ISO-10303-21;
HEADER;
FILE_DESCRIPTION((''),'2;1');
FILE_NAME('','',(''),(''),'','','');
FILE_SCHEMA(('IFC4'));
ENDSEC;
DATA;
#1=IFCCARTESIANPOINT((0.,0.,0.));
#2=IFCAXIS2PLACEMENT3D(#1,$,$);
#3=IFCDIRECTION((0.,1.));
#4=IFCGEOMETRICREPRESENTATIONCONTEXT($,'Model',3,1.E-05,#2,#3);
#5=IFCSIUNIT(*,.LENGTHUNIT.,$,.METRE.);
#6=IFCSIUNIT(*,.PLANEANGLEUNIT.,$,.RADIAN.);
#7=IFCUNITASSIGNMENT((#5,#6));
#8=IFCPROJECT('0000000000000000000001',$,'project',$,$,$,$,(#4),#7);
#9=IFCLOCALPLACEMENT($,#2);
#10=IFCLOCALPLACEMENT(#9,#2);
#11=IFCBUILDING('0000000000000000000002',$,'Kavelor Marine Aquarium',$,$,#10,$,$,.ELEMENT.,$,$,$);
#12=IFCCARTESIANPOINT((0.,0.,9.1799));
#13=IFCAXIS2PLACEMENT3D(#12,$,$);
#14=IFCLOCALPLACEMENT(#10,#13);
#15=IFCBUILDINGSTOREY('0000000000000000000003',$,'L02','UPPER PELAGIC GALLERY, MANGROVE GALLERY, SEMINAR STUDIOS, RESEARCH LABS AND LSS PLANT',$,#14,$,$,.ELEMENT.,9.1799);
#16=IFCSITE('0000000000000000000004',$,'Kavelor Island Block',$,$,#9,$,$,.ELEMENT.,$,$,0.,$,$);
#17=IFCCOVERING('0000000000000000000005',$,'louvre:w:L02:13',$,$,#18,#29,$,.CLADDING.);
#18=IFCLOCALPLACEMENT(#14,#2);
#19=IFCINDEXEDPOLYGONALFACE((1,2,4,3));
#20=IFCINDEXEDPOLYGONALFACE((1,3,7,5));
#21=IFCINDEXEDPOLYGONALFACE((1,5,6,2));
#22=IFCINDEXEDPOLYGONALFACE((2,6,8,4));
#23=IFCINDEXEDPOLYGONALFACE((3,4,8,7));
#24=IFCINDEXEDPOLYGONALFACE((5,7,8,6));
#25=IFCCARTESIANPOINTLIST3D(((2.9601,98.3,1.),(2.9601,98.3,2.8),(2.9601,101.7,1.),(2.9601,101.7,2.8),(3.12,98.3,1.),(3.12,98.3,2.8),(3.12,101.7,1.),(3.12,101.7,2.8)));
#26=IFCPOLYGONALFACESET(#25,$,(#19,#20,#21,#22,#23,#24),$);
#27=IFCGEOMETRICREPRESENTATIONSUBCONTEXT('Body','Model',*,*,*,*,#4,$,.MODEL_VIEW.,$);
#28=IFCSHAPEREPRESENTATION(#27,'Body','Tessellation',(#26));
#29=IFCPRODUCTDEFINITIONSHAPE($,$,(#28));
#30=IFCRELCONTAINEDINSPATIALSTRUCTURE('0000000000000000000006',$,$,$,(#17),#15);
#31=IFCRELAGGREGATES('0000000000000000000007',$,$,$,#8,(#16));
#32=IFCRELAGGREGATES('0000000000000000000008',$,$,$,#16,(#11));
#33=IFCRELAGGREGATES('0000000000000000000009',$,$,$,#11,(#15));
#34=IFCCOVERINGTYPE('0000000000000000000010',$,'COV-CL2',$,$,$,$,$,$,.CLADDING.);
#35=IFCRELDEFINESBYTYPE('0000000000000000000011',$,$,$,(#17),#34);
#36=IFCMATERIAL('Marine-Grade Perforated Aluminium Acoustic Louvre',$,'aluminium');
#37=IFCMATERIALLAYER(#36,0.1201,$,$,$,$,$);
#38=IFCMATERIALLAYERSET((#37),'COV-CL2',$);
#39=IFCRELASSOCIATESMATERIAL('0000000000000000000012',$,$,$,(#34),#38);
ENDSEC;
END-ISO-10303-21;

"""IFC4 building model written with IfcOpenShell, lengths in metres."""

from ifc_helpers import new_model, si_unit, direction, frame, origin, origin_2d, place, context, subcontext, project, spatial, rectangle, extrude, material, layer, layer_set, type_object, element, save


model = new_model("IFC4")

# Units and contexts
model_context = context("Model", 3, precision=1e-05, world=origin(), true_north=direction((0.0, 1.0)))
body_context = subcontext(model_context, "Body", "Model", "MODEL_VIEW")
ifc_project = project(units=[si_unit("LENGTHUNIT", "METRE"), si_unit("PLANEANGLEUNIT", "RADIAN")], contexts=[model_context])

# Site, building, storey
site_placement = place(None, origin())
site = spatial("IfcSite", under=ifc_project, at=site_placement, Name="Kavelor Island Block", CompositionType="ELEMENT", RefElevation=0.0)
building_placement = place(site_placement, origin())
building = spatial("IfcBuilding", under=site, at=building_placement, Name="Kavelor Marine Aquarium", CompositionType="ELEMENT")
storey_placement = place(building_placement, frame((0.0, 0.0, 9.1799)))
storey = spatial("IfcBuildingStorey", under=building, at=storey_placement, Name="L02", Description="UPPER PELAGIC GALLERY, MANGROVE GALLERY, SEMINAR STUDIOS, RESEARCH LABS AND LSS PLANT", CompositionType="ELEMENT", Elevation=9.1799)

# Covering
ifc_material_1 = material(Name="Marine-Grade Perforated Aluminium Acoustic Louvre", Category="aluminium")
ifc_layer_1 = layer(ifc_material_1, 0.1201)
ifc_layer_set_1 = layer_set([ifc_layer_1], Name="COV-CL2")
covering_type = type_object("IfcCoveringType", Name="COV-CL2", PredefinedType="CLADDING", material=ifc_layer_set_1)
covering_placement = place(storey_placement, frame((3.04, 100.0, 1.0), z_axis=(0.0, 0.0, 1.0), x_axis=(1.0, 0.0, 0.0)))
element("IfcCovering", 1, at=covering_placement, inside=storey, type_object=covering_type, Name="louvre:w:L02:13", PredefinedType="CLADDING", context=body_context, shape_type="SweptSolid", body=[
    extrude(rectangle(XDim=0.1599, YDim=3.3999, at=origin_2d()), origin(), (0.0, 0.0, 1.0), 1.8),
])

save(model, "model.ifc")
